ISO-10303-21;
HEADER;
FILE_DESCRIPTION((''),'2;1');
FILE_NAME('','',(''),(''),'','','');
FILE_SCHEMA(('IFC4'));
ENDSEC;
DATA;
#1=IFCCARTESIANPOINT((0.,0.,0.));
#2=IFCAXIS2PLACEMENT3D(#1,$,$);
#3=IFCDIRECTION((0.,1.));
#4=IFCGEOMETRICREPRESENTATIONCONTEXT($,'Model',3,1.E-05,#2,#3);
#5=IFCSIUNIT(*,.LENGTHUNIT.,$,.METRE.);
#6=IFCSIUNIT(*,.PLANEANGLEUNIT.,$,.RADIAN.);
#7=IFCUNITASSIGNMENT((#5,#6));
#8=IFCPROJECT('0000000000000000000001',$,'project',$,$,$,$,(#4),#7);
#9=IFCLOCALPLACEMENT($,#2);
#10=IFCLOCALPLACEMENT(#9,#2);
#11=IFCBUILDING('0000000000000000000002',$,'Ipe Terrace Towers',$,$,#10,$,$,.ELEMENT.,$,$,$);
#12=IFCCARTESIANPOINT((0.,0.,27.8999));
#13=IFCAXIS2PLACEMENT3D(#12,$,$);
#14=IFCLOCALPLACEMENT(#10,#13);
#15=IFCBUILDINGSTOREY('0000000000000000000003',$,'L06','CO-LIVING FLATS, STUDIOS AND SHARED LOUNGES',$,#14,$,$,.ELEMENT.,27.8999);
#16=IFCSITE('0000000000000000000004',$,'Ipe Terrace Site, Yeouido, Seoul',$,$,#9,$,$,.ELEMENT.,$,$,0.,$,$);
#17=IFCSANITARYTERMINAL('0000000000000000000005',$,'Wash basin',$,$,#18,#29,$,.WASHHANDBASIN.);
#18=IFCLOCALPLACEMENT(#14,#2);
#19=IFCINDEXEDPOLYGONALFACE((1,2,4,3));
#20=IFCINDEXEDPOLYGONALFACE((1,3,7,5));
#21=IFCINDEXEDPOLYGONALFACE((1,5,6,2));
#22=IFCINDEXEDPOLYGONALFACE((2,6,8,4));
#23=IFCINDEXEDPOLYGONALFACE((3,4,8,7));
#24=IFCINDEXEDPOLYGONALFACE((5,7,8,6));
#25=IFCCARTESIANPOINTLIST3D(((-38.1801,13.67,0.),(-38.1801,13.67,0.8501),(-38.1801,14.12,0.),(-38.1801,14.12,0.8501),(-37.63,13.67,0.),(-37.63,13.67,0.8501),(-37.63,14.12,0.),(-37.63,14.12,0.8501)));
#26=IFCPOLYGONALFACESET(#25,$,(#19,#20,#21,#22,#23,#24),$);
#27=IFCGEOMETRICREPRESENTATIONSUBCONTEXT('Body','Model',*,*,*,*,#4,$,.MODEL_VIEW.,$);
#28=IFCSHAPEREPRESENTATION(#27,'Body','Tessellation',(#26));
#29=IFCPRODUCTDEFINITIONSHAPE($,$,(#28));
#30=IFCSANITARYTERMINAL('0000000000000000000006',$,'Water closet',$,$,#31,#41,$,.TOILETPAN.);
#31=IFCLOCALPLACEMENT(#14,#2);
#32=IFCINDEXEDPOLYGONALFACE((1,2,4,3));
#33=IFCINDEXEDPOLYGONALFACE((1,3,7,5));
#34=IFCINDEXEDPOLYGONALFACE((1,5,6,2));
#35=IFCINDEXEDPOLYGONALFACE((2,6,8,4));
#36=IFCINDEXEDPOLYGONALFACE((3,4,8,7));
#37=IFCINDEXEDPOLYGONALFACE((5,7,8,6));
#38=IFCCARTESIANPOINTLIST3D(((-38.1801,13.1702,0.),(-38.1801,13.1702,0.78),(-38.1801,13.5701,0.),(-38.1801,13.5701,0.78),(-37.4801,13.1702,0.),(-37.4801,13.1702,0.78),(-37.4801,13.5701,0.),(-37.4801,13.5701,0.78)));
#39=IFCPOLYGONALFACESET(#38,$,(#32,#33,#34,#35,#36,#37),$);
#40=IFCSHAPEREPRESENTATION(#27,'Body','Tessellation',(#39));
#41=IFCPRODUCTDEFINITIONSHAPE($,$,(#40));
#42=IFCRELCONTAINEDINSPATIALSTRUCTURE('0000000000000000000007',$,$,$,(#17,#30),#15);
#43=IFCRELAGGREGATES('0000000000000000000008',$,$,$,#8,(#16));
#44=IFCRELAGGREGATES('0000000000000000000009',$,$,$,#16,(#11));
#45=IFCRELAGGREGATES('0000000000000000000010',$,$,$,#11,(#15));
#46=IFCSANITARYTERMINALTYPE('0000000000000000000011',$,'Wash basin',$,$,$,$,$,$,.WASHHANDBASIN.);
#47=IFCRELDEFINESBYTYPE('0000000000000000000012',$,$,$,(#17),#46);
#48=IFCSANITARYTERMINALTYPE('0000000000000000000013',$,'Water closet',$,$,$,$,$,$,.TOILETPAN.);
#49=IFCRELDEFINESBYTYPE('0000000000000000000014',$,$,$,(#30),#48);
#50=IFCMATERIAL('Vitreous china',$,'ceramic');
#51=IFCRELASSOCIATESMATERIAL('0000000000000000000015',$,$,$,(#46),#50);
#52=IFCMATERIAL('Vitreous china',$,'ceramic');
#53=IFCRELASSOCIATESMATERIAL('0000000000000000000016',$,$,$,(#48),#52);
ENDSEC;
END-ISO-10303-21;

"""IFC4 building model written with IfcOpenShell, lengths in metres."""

from ifc_helpers import new_model, si_unit, direction, frame, origin, origin_2d, place, context, subcontext, project, spatial, rectangle, extrude, material, type_object, element, save


model = new_model("IFC4")

# Units and contexts
model_context = context("Model", 3, precision=1e-05, world=origin(), true_north=direction((0.0, 1.0)))
body_context = subcontext(model_context, "Body", "Model", "MODEL_VIEW")
ifc_project = project(units=[si_unit("LENGTHUNIT", "METRE"), si_unit("PLANEANGLEUNIT", "RADIAN")], contexts=[model_context])

# Site, building, storey
site_placement = place(None, origin())
site = spatial("IfcSite", under=ifc_project, at=site_placement, Name="Ipe Terrace Site, Yeouido, Seoul", CompositionType="ELEMENT", RefElevation=0.0)
building_placement = place(site_placement, origin())
building = spatial("IfcBuilding", under=site, at=building_placement, Name="Ipe Terrace Towers", CompositionType="ELEMENT")
storey_placement = place(building_placement, frame((0.0, 0.0, 27.8999)))
storey = spatial("IfcBuildingStorey", under=building, at=storey_placement, Name="L06", Description="CO-LIVING FLATS, STUDIOS AND SHARED LOUNGES", CompositionType="ELEMENT", Elevation=27.8999)

# Sanitary terminals
ifc_material_1 = material(Name="Vitreous china", Category="ceramic")
sanitary_terminal_type_1 = type_object("IfcSanitaryTerminalType", Name="Wash basin", PredefinedType="WASHHANDBASIN", material=ifc_material_1)
sanitary_terminal_1_placement = place(storey_placement, frame((-37.905, 13.895, 0.0), z_axis=(0.0, 0.0, 1.0), x_axis=(1.0, 0.0, 0.0)))
element("IfcSanitaryTerminal", 1, at=sanitary_terminal_1_placement, inside=storey, type_object=sanitary_terminal_type_1, Name="Wash basin", PredefinedType="WASHHANDBASIN", context=body_context, shape_type="SweptSolid", body=[
    extrude(rectangle(XDim=0.55, YDim=0.45, at=origin_2d()), origin(), (0.0, 0.0, 1.0), 0.8501),
])
ifc_material_2 = material(Name="Vitreous china", Category="ceramic")
sanitary_terminal_type_2 = type_object("IfcSanitaryTerminalType", Name="Water closet", PredefinedType="TOILETPAN", material=ifc_material_2)
sanitary_terminal_2_placement = place(storey_placement, frame((-37.8301, 13.3701, 0.0), z_axis=(0.0, 0.0, 1.0), x_axis=(1.0, 0.0, 0.0)))
element("IfcSanitaryTerminal", 2, at=sanitary_terminal_2_placement, inside=storey, type_object=sanitary_terminal_type_2, Name="Water closet", PredefinedType="TOILETPAN", context=body_context, shape_type="SweptSolid", body=[
    extrude(rectangle(XDim=0.7, YDim=0.3999, at=origin_2d()), origin(), (0.0, 0.0, 1.0), 0.78),
])

save(model, "model.ifc")
